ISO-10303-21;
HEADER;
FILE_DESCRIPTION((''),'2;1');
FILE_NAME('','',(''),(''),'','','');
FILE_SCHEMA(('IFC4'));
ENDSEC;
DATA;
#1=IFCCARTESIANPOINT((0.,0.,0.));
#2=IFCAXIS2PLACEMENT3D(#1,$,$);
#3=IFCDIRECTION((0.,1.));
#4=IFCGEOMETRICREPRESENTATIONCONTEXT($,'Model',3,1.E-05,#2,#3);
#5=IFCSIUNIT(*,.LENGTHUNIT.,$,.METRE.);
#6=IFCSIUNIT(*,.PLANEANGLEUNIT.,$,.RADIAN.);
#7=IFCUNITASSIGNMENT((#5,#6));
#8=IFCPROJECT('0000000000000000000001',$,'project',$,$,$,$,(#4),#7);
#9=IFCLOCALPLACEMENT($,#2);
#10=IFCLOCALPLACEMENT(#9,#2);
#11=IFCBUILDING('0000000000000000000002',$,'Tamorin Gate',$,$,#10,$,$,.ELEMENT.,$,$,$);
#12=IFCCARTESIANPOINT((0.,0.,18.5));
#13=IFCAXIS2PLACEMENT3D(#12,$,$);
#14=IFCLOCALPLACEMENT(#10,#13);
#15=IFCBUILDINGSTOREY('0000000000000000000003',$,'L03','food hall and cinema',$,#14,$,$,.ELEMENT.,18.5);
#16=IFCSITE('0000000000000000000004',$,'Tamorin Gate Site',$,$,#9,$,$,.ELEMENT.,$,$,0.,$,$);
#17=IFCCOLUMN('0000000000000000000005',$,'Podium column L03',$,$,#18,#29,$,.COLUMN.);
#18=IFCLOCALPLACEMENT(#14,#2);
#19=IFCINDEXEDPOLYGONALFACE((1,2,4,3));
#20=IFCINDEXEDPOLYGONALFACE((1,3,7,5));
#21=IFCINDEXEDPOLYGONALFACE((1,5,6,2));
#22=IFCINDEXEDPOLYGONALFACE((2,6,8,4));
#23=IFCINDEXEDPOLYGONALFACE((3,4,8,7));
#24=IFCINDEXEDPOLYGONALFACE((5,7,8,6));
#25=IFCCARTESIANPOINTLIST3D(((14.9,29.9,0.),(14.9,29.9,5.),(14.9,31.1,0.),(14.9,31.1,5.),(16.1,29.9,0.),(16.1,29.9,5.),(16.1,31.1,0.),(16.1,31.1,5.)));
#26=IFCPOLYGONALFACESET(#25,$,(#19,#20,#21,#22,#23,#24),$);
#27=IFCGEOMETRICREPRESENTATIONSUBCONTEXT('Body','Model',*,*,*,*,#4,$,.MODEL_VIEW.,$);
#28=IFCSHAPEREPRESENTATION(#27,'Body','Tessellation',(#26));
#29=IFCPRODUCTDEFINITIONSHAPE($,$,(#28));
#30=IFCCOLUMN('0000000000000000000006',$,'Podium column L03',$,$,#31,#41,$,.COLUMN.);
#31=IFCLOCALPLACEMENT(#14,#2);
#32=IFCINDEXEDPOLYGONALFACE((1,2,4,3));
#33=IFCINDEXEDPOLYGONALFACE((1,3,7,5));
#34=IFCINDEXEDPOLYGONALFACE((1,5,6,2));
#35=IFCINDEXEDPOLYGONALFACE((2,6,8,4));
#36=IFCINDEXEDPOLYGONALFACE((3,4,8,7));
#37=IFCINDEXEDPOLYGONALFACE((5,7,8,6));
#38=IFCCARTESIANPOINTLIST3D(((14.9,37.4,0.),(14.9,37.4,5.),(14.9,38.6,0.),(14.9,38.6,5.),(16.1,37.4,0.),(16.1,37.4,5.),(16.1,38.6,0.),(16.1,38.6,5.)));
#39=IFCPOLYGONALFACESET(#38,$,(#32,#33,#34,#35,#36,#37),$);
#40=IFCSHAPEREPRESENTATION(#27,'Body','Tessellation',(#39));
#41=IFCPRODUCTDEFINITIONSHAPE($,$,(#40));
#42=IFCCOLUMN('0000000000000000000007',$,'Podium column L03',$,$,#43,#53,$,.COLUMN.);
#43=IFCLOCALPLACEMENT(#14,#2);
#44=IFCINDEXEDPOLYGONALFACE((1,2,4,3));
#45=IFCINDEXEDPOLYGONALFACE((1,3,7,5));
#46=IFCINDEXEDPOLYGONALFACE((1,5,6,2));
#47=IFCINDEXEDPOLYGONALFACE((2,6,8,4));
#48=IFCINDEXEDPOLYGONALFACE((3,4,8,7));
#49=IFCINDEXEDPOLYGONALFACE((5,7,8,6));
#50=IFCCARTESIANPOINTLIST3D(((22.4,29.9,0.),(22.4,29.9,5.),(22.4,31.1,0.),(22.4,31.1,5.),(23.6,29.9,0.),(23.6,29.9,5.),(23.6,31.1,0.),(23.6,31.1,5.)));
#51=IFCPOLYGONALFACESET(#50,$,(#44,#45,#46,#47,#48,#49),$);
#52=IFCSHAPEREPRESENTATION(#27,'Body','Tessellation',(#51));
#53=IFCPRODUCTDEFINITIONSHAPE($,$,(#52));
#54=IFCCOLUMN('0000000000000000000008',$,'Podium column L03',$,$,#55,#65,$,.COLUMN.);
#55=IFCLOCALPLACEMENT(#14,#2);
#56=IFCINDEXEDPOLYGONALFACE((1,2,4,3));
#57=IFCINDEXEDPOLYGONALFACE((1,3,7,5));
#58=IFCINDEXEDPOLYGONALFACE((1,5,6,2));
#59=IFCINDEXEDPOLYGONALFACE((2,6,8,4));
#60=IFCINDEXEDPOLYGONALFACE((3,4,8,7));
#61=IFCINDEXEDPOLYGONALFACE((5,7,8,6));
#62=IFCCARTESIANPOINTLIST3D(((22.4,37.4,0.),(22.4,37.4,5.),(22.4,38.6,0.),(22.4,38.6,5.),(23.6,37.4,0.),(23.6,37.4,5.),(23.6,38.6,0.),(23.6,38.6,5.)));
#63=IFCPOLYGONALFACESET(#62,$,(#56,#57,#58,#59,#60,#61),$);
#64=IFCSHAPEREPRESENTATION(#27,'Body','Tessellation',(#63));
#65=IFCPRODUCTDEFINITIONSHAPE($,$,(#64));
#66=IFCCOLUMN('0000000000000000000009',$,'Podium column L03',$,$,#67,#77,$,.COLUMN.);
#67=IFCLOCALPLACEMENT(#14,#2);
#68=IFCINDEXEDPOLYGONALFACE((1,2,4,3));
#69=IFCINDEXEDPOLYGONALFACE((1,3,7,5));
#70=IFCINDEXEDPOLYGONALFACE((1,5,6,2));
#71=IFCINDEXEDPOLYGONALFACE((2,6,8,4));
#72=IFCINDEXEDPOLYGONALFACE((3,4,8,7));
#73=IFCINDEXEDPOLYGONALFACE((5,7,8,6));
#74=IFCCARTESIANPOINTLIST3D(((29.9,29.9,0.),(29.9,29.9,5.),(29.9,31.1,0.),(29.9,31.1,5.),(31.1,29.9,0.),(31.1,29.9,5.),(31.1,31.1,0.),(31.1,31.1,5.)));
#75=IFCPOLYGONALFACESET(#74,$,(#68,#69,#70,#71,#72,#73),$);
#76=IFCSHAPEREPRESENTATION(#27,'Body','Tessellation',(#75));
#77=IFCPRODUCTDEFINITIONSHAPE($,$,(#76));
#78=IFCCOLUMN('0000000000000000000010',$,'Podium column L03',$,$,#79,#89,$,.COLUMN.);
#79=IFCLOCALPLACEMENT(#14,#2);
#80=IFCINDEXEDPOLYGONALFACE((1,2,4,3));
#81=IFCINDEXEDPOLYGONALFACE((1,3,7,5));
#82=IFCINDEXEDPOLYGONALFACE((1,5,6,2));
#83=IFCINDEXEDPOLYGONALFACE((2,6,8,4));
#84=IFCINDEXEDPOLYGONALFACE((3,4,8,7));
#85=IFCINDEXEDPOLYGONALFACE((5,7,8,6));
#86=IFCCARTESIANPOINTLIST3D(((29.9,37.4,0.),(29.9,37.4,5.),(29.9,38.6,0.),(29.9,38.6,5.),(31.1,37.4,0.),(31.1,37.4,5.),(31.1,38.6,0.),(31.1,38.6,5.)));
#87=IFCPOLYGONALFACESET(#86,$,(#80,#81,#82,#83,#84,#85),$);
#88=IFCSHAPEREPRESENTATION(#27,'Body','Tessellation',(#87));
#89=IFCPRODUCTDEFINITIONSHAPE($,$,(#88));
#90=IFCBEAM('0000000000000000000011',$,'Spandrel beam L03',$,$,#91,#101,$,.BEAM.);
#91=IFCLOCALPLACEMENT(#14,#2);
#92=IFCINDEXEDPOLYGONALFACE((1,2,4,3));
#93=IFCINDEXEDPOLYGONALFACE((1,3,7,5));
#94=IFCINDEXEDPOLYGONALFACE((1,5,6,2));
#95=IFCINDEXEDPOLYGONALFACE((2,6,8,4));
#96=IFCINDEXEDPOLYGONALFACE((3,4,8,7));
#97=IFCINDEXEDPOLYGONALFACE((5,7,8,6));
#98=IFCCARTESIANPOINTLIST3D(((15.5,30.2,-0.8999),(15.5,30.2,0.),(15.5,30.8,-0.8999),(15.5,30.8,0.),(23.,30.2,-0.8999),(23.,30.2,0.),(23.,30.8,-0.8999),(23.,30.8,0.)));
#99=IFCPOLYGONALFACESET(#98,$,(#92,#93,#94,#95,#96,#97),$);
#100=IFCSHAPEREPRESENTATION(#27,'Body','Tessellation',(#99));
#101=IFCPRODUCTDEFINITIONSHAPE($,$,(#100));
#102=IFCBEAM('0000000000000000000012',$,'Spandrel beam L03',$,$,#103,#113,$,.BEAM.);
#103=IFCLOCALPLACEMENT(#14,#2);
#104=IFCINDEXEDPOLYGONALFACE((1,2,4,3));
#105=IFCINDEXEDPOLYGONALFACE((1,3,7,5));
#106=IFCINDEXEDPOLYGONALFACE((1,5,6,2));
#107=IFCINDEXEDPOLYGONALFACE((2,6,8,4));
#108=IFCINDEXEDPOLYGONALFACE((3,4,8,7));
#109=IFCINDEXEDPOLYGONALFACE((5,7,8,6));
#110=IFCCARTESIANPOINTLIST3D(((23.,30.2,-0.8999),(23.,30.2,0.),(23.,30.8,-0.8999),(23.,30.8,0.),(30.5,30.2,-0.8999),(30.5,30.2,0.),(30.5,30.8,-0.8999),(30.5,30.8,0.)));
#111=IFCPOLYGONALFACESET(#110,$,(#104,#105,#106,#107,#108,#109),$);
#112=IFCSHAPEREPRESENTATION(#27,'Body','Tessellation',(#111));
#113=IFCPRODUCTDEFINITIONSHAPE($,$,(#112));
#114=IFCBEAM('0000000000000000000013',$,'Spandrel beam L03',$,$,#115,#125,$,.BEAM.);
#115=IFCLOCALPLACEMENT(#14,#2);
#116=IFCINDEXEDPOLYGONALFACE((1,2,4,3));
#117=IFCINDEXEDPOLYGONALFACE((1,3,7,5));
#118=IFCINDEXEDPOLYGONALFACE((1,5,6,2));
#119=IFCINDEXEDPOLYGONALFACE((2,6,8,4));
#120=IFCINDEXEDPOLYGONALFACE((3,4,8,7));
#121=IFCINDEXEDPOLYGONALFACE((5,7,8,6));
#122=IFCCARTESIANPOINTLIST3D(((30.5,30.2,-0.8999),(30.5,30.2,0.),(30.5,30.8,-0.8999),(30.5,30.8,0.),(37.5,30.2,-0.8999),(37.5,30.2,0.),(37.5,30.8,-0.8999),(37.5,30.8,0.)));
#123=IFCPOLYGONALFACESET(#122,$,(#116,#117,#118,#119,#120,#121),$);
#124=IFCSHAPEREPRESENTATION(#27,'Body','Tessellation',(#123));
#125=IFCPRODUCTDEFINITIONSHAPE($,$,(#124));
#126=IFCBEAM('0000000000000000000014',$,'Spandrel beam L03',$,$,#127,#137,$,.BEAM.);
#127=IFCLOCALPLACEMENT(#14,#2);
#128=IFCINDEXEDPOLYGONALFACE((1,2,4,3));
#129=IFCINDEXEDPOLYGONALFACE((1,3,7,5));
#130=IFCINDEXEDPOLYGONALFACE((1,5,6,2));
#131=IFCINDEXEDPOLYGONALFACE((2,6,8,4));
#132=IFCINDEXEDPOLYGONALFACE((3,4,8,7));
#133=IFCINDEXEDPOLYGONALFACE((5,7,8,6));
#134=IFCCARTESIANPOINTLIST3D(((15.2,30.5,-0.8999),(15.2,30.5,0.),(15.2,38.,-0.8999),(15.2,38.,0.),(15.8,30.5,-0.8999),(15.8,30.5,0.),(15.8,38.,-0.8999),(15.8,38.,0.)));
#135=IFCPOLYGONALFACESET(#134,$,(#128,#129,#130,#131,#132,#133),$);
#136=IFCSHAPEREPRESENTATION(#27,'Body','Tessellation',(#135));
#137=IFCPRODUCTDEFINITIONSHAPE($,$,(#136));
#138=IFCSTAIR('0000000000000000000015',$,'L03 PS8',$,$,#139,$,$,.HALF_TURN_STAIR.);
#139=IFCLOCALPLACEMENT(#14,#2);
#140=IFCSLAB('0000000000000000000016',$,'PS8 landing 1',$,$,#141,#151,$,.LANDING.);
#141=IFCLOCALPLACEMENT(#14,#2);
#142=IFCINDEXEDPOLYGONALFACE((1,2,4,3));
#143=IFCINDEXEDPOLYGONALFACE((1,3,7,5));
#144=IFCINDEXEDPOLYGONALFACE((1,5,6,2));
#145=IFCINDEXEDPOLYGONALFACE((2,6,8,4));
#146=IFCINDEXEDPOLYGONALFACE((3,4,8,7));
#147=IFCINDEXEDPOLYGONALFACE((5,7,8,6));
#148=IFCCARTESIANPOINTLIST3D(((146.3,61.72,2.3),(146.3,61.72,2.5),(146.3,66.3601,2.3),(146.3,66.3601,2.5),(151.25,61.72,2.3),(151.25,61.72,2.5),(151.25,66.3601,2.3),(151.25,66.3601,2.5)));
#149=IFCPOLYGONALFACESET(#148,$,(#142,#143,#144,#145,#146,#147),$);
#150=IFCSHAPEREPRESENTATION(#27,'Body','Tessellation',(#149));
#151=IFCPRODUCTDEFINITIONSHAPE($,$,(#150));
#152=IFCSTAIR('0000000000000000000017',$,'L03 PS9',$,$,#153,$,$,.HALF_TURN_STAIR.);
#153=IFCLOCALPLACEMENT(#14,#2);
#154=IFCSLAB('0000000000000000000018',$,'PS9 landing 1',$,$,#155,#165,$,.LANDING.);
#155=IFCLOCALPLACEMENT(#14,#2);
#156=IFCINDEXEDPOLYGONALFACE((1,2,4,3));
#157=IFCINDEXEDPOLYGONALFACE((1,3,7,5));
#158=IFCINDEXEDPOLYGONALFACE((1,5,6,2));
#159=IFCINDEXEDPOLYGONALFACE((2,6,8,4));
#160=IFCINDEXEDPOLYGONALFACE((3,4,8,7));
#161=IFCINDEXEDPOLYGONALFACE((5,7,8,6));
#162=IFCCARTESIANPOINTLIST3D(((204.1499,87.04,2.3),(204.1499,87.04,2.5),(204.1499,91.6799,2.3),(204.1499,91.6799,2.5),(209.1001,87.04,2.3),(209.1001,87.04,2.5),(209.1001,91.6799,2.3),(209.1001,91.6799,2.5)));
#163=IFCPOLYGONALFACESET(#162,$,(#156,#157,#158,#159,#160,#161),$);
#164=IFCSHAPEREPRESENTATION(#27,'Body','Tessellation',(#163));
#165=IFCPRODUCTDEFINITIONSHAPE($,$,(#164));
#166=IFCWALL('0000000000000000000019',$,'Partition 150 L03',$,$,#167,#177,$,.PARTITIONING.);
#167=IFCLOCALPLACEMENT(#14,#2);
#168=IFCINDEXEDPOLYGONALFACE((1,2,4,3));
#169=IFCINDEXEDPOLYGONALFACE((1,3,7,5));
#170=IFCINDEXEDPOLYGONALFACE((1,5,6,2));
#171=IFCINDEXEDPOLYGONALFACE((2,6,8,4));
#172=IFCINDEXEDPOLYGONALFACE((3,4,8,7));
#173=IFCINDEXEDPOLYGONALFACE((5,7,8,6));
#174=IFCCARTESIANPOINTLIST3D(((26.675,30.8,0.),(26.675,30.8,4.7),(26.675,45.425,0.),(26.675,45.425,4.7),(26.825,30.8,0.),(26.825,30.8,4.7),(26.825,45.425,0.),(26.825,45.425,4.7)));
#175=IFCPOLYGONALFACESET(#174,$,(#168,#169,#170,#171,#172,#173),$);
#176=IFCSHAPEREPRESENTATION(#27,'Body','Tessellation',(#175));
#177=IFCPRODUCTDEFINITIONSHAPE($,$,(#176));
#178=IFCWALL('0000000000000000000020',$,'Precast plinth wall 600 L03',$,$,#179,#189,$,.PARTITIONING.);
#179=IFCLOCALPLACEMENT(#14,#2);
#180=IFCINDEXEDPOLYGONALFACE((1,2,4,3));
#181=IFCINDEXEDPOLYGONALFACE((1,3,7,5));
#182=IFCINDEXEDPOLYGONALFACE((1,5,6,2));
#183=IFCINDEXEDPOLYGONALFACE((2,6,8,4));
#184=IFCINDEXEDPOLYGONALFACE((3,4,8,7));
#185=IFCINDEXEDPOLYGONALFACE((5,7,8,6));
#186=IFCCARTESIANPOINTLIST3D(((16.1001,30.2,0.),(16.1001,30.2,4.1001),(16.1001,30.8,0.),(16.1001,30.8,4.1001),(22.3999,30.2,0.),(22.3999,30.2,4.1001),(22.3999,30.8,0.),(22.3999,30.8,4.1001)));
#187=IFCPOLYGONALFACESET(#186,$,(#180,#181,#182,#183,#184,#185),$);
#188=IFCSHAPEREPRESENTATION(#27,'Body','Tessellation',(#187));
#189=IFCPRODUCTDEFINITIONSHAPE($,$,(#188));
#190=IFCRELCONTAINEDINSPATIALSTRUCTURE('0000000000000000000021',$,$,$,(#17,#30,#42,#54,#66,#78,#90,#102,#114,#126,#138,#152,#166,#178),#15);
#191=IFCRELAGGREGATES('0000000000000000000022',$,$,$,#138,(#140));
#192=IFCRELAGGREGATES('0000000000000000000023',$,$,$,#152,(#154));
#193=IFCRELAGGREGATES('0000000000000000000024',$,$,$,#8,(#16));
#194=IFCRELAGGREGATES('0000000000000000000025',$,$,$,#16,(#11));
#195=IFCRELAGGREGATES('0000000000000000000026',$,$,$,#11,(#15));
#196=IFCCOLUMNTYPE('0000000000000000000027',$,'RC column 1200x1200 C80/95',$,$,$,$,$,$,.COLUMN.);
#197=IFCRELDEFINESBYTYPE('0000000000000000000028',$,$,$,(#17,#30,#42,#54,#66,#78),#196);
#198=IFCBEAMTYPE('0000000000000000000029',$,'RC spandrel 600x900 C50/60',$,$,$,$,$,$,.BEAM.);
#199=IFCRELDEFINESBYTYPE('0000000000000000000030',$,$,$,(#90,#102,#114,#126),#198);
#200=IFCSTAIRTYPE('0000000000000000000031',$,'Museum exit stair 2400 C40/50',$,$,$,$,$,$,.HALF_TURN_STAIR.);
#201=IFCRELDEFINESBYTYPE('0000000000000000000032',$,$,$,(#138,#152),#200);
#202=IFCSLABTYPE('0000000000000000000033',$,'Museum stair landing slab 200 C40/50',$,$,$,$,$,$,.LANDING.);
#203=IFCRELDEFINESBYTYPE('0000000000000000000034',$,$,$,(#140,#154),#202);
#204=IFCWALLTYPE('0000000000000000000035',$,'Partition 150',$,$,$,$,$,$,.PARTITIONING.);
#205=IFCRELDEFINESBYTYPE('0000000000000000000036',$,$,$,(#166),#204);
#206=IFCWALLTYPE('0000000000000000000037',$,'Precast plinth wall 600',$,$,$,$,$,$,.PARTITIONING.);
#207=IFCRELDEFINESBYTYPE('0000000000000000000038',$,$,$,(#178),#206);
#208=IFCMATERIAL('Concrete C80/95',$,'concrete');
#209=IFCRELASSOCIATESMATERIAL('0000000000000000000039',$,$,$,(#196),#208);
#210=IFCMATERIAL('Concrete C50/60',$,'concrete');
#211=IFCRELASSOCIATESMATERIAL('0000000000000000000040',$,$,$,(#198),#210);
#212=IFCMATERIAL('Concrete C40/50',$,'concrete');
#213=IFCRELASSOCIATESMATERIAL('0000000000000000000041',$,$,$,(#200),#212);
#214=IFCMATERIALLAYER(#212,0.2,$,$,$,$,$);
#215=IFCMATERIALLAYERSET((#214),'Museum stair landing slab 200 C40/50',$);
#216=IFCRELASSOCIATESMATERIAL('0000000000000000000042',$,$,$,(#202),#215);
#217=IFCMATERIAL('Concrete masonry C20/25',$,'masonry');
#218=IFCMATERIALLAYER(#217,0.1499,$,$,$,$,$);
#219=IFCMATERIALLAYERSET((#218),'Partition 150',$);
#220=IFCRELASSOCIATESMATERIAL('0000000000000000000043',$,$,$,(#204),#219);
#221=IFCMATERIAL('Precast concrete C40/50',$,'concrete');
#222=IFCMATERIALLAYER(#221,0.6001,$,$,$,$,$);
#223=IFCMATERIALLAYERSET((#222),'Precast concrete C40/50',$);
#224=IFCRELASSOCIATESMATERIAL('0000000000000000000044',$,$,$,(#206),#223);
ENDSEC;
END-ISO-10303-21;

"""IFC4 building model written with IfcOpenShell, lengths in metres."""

from ifc_helpers import new_model, si_unit, direction, frame, frame_2d, origin, origin_2d, place, context, subcontext, project, spatial, polyline, rectangle, outline, extrude, material, layer, layer_set, material_profile, profile_set, type_object, element, aggregate, save


model = new_model("IFC4")

# Units and contexts
model_context = context("Model", 3, precision=1e-05, world=origin(), true_north=direction((0.0, 1.0)))
body_context = subcontext(model_context, "Body", "Model", "MODEL_VIEW")
ifc_project = project(units=[si_unit("LENGTHUNIT", "METRE"), si_unit("PLANEANGLEUNIT", "RADIAN")], contexts=[model_context])

# Site, building, storey
site_placement = place(None, origin())
site = spatial("IfcSite", under=ifc_project, at=site_placement, Name="Tamorin Gate Site", CompositionType="ELEMENT", RefElevation=0.0)
building_placement = place(site_placement, origin())
building = spatial("IfcBuilding", under=site, at=building_placement, Name="Tamorin Gate", CompositionType="ELEMENT")
storey_placement = place(building_placement, frame((0.0, 0.0, 18.5)))
storey = spatial("IfcBuildingStorey", under=building, at=storey_placement, Name="L03", Description="food hall and cinema", CompositionType="ELEMENT", Elevation=18.5)

# Columns
ifc_material_1 = material(Name="Concrete C80/95", Category="concrete")
ifc_material_profile_1 = material_profile(ifc_material_1, rectangle(XDim=1.2, YDim=1.2, at=origin_2d()), Name="RC 1200x1200")
ifc_profile_set_1 = profile_set([ifc_material_profile_1], Name="Concrete C80/95")
column_type = type_object("IfcColumnType", Name="RC column 1200x1200 C80/95", PredefinedType="COLUMN", material=ifc_profile_set_1)
for number, where, z_axis, x_axis, name in (
    (1, (15.5, 30.5, 0.0), (0.0, 0.0, 1.0), (1.0, 0.0, 0.0), "Podium column L03"),
    (2, (15.5, 38.0, 0.0), (0.0, 0.0, 1.0), (1.0, 0.0, 0.0), "Podium column L03"),
    (3, (23.0, 30.5, 0.0), (0.0, 0.0, 1.0), (1.0, 0.0, 0.0), "Podium column L03"),
    (4, (23.0, 38.0, 0.0), (0.0, 0.0, 1.0), (1.0, 0.0, 0.0), "Podium column L03"),
    (5, (30.5, 30.5, 0.0), (0.0, 0.0, 1.0), (1.0, 0.0, 0.0), "Podium column L03"),
    (6, (30.5, 38.0, 0.0), (0.0, 0.0, 1.0), (1.0, 0.0, 0.0), "Podium column L03"),
):
    element("IfcColumn", number, at=place(storey_placement, frame(where, z_axis=z_axis, x_axis=x_axis)), inside=storey, type_object=column_type, Name=name, PredefinedType="COLUMN", context=body_context, shape_type="SweptSolid", body=[
        extrude(rectangle(XDim=1.2, YDim=1.2, at=origin_2d()), origin(), (0.0, 0.0, 1.0), 5.0),
    ])

# Beams
ifc_material_2 = material(Name="Concrete C50/60", Category="concrete")
ifc_material_profile_2 = material_profile(ifc_material_2, rectangle(XDim=0.6001, YDim=0.8999, at=origin_2d()), Name="RC 600x900")
ifc_profile_set_2 = profile_set([ifc_material_profile_2], Name="Concrete C50/60")
beam_type = type_object("IfcBeamType", Name="RC spandrel 600x900 C50/60", PredefinedType="BEAM", material=ifc_profile_set_2)
for number, where, z_axis, x_axis, name in (
    (7, (15.5, 30.5, -0.45), (1.0, 0.0, 0.0), (0.0, 1.0, 0.0), "Spandrel beam L03"),
    (8, (23.0, 30.5, -0.45), (1.0, 0.0, 0.0), (0.0, 1.0, 0.0), "Spandrel beam L03"),
):
    element("IfcBeam", number, at=place(storey_placement, frame(where, z_axis=z_axis, x_axis=x_axis)), inside=storey, type_object=beam_type, Name=name, PredefinedType="BEAM", context=body_context, shape_type="SweptSolid", body=[
        extrude(rectangle(XDim=0.6001, YDim=0.8999, at=origin_2d()), origin(), (0.0, 0.0, 1.0), 7.5),
    ])
beam_1_placement = place(storey_placement, frame((30.5, 30.5, -0.45), z_axis=(1.0, 0.0, 0.0), x_axis=(0.0, 1.0, 0.0)))
element("IfcBeam", 9, at=beam_1_placement, inside=storey, type_object=beam_type, Name="Spandrel beam L03", PredefinedType="BEAM", context=body_context, shape_type="SweptSolid", body=[
    extrude(rectangle(XDim=0.6001, YDim=0.8999, at=origin_2d()), origin(), (0.0, 0.0, 1.0), 7.0),
])
beam_2_placement = place(storey_placement, frame((15.5, 38.0, -0.45), z_axis=(0.0, -1.0, 0.0), x_axis=(1.0, 0.0, 0.0)))
element("IfcBeam", 10, at=beam_2_placement, inside=storey, type_object=beam_type, Name="Spandrel beam L03", PredefinedType="BEAM", context=body_context, shape_type="SweptSolid", body=[
    extrude(rectangle(XDim=0.6001, YDim=0.8999, at=origin_2d()), origin(), (0.0, 0.0, 1.0), 7.5),
])

# Stairs, slabs
ifc_material_3 = material(Name="Concrete C40/50", Category="concrete")
stair_type = type_object("IfcStairType", Name="Museum exit stair 2400 C40/50", PredefinedType="HALF_TURN_STAIR", material=ifc_material_3)
stair_1_placement = place(storey_placement, origin())
stair_1 = element("IfcStair", 11, at=stair_1_placement, inside=storey, type_object=stair_type, Name="L03 PS8", PredefinedType="HALF_TURN_STAIR")
ifc_layer_1 = layer(ifc_material_3, 0.2)
ifc_layer_set_1 = layer_set([ifc_layer_1], Name="Museum stair landing slab 200 C40/50")
slab_type = type_object("IfcSlabType", Name="Museum stair landing slab 200 C40/50", PredefinedType="LANDING", material=ifc_layer_set_1)
slab_1_placement = place(storey_placement, frame((0.0, 0.0, 2.3)))
slab_1 = element("IfcSlab", 12, at=slab_1_placement, type_object=slab_type, Name="PS8 landing 1", PredefinedType="LANDING", context=body_context, shape_type="SweptSolid", body=[
    extrude(outline(polyline([(151.25, 61.72), (151.25, 66.3601), (146.3, 66.3601), (146.3, 61.72), (151.25, 61.72)])), origin(), (0.0, 0.0, 1.0), 0.2),
])
aggregate(stair_1, [slab_1])
stair_2_placement = place(storey_placement, origin())
stair_2 = element("IfcStair", 13, at=stair_2_placement, inside=storey, type_object=stair_type, Name="L03 PS9", PredefinedType="HALF_TURN_STAIR")
slab_2_placement = place(storey_placement, frame((0.0, 0.0, 2.3)))
slab_2 = element("IfcSlab", 14, at=slab_2_placement, type_object=slab_type, Name="PS9 landing 1", PredefinedType="LANDING", context=body_context, shape_type="SweptSolid", body=[
    extrude(outline(polyline([(204.1499, 91.6799), (204.1499, 87.04), (209.1001, 87.04), (209.1001, 91.6799), (204.1499, 91.6799)])), origin(), (0.0, 0.0, 1.0), 0.2),
])
aggregate(stair_2, [slab_2])

# Walls
ifc_material_4 = material(Name="Concrete masonry C20/25", Category="masonry")
ifc_layer_2 = layer(ifc_material_4, 0.1499)
ifc_layer_set_2 = layer_set([ifc_layer_2], Name="Partition 150")
wall_type_1 = type_object("IfcWallType", Name="Partition 150", PredefinedType="PARTITIONING", material=ifc_layer_set_2)
wall_1_placement = place(storey_placement, frame((26.75, 30.8, 0.0), z_axis=(0.0, 0.0, 1.0), x_axis=(0.0, 1.0, 0.0)))
element("IfcWall", 15, at=wall_1_placement, inside=storey, type_object=wall_type_1, Name="Partition 150 L03", PredefinedType="PARTITIONING", context=body_context, shape_type="SweptSolid", body=[
    extrude(rectangle(XDim=14.625, YDim=0.1499, at=frame_2d((7.3125, 0.0))), origin(), (0.0, 0.0, 1.0), 4.7),
])
ifc_material_5 = material(Name="Precast concrete C40/50", Category="concrete")
ifc_layer_3 = layer(ifc_material_5, 0.6001)
ifc_layer_set_3 = layer_set([ifc_layer_3], Name="Precast concrete C40/50")
wall_type_2 = type_object("IfcWallType", Name="Precast plinth wall 600", PredefinedType="PARTITIONING", material=ifc_layer_set_3)
wall_2_placement = place(storey_placement, frame((16.1001, 30.5, 0.0), z_axis=(0.0, 0.0, 1.0), x_axis=(1.0, 0.0, 0.0)))
element("IfcWall", 16, at=wall_2_placement, inside=storey, type_object=wall_type_2, Name="Precast plinth wall 600 L03", PredefinedType="PARTITIONING", context=body_context, shape_type="SweptSolid", body=[
    extrude(rectangle(XDim=6.2998, YDim=0.6001, at=frame_2d((3.1499, 0.0))), origin(), (0.0, 0.0, 1.0), 4.1001),
])

save(model, "model.ifc")
